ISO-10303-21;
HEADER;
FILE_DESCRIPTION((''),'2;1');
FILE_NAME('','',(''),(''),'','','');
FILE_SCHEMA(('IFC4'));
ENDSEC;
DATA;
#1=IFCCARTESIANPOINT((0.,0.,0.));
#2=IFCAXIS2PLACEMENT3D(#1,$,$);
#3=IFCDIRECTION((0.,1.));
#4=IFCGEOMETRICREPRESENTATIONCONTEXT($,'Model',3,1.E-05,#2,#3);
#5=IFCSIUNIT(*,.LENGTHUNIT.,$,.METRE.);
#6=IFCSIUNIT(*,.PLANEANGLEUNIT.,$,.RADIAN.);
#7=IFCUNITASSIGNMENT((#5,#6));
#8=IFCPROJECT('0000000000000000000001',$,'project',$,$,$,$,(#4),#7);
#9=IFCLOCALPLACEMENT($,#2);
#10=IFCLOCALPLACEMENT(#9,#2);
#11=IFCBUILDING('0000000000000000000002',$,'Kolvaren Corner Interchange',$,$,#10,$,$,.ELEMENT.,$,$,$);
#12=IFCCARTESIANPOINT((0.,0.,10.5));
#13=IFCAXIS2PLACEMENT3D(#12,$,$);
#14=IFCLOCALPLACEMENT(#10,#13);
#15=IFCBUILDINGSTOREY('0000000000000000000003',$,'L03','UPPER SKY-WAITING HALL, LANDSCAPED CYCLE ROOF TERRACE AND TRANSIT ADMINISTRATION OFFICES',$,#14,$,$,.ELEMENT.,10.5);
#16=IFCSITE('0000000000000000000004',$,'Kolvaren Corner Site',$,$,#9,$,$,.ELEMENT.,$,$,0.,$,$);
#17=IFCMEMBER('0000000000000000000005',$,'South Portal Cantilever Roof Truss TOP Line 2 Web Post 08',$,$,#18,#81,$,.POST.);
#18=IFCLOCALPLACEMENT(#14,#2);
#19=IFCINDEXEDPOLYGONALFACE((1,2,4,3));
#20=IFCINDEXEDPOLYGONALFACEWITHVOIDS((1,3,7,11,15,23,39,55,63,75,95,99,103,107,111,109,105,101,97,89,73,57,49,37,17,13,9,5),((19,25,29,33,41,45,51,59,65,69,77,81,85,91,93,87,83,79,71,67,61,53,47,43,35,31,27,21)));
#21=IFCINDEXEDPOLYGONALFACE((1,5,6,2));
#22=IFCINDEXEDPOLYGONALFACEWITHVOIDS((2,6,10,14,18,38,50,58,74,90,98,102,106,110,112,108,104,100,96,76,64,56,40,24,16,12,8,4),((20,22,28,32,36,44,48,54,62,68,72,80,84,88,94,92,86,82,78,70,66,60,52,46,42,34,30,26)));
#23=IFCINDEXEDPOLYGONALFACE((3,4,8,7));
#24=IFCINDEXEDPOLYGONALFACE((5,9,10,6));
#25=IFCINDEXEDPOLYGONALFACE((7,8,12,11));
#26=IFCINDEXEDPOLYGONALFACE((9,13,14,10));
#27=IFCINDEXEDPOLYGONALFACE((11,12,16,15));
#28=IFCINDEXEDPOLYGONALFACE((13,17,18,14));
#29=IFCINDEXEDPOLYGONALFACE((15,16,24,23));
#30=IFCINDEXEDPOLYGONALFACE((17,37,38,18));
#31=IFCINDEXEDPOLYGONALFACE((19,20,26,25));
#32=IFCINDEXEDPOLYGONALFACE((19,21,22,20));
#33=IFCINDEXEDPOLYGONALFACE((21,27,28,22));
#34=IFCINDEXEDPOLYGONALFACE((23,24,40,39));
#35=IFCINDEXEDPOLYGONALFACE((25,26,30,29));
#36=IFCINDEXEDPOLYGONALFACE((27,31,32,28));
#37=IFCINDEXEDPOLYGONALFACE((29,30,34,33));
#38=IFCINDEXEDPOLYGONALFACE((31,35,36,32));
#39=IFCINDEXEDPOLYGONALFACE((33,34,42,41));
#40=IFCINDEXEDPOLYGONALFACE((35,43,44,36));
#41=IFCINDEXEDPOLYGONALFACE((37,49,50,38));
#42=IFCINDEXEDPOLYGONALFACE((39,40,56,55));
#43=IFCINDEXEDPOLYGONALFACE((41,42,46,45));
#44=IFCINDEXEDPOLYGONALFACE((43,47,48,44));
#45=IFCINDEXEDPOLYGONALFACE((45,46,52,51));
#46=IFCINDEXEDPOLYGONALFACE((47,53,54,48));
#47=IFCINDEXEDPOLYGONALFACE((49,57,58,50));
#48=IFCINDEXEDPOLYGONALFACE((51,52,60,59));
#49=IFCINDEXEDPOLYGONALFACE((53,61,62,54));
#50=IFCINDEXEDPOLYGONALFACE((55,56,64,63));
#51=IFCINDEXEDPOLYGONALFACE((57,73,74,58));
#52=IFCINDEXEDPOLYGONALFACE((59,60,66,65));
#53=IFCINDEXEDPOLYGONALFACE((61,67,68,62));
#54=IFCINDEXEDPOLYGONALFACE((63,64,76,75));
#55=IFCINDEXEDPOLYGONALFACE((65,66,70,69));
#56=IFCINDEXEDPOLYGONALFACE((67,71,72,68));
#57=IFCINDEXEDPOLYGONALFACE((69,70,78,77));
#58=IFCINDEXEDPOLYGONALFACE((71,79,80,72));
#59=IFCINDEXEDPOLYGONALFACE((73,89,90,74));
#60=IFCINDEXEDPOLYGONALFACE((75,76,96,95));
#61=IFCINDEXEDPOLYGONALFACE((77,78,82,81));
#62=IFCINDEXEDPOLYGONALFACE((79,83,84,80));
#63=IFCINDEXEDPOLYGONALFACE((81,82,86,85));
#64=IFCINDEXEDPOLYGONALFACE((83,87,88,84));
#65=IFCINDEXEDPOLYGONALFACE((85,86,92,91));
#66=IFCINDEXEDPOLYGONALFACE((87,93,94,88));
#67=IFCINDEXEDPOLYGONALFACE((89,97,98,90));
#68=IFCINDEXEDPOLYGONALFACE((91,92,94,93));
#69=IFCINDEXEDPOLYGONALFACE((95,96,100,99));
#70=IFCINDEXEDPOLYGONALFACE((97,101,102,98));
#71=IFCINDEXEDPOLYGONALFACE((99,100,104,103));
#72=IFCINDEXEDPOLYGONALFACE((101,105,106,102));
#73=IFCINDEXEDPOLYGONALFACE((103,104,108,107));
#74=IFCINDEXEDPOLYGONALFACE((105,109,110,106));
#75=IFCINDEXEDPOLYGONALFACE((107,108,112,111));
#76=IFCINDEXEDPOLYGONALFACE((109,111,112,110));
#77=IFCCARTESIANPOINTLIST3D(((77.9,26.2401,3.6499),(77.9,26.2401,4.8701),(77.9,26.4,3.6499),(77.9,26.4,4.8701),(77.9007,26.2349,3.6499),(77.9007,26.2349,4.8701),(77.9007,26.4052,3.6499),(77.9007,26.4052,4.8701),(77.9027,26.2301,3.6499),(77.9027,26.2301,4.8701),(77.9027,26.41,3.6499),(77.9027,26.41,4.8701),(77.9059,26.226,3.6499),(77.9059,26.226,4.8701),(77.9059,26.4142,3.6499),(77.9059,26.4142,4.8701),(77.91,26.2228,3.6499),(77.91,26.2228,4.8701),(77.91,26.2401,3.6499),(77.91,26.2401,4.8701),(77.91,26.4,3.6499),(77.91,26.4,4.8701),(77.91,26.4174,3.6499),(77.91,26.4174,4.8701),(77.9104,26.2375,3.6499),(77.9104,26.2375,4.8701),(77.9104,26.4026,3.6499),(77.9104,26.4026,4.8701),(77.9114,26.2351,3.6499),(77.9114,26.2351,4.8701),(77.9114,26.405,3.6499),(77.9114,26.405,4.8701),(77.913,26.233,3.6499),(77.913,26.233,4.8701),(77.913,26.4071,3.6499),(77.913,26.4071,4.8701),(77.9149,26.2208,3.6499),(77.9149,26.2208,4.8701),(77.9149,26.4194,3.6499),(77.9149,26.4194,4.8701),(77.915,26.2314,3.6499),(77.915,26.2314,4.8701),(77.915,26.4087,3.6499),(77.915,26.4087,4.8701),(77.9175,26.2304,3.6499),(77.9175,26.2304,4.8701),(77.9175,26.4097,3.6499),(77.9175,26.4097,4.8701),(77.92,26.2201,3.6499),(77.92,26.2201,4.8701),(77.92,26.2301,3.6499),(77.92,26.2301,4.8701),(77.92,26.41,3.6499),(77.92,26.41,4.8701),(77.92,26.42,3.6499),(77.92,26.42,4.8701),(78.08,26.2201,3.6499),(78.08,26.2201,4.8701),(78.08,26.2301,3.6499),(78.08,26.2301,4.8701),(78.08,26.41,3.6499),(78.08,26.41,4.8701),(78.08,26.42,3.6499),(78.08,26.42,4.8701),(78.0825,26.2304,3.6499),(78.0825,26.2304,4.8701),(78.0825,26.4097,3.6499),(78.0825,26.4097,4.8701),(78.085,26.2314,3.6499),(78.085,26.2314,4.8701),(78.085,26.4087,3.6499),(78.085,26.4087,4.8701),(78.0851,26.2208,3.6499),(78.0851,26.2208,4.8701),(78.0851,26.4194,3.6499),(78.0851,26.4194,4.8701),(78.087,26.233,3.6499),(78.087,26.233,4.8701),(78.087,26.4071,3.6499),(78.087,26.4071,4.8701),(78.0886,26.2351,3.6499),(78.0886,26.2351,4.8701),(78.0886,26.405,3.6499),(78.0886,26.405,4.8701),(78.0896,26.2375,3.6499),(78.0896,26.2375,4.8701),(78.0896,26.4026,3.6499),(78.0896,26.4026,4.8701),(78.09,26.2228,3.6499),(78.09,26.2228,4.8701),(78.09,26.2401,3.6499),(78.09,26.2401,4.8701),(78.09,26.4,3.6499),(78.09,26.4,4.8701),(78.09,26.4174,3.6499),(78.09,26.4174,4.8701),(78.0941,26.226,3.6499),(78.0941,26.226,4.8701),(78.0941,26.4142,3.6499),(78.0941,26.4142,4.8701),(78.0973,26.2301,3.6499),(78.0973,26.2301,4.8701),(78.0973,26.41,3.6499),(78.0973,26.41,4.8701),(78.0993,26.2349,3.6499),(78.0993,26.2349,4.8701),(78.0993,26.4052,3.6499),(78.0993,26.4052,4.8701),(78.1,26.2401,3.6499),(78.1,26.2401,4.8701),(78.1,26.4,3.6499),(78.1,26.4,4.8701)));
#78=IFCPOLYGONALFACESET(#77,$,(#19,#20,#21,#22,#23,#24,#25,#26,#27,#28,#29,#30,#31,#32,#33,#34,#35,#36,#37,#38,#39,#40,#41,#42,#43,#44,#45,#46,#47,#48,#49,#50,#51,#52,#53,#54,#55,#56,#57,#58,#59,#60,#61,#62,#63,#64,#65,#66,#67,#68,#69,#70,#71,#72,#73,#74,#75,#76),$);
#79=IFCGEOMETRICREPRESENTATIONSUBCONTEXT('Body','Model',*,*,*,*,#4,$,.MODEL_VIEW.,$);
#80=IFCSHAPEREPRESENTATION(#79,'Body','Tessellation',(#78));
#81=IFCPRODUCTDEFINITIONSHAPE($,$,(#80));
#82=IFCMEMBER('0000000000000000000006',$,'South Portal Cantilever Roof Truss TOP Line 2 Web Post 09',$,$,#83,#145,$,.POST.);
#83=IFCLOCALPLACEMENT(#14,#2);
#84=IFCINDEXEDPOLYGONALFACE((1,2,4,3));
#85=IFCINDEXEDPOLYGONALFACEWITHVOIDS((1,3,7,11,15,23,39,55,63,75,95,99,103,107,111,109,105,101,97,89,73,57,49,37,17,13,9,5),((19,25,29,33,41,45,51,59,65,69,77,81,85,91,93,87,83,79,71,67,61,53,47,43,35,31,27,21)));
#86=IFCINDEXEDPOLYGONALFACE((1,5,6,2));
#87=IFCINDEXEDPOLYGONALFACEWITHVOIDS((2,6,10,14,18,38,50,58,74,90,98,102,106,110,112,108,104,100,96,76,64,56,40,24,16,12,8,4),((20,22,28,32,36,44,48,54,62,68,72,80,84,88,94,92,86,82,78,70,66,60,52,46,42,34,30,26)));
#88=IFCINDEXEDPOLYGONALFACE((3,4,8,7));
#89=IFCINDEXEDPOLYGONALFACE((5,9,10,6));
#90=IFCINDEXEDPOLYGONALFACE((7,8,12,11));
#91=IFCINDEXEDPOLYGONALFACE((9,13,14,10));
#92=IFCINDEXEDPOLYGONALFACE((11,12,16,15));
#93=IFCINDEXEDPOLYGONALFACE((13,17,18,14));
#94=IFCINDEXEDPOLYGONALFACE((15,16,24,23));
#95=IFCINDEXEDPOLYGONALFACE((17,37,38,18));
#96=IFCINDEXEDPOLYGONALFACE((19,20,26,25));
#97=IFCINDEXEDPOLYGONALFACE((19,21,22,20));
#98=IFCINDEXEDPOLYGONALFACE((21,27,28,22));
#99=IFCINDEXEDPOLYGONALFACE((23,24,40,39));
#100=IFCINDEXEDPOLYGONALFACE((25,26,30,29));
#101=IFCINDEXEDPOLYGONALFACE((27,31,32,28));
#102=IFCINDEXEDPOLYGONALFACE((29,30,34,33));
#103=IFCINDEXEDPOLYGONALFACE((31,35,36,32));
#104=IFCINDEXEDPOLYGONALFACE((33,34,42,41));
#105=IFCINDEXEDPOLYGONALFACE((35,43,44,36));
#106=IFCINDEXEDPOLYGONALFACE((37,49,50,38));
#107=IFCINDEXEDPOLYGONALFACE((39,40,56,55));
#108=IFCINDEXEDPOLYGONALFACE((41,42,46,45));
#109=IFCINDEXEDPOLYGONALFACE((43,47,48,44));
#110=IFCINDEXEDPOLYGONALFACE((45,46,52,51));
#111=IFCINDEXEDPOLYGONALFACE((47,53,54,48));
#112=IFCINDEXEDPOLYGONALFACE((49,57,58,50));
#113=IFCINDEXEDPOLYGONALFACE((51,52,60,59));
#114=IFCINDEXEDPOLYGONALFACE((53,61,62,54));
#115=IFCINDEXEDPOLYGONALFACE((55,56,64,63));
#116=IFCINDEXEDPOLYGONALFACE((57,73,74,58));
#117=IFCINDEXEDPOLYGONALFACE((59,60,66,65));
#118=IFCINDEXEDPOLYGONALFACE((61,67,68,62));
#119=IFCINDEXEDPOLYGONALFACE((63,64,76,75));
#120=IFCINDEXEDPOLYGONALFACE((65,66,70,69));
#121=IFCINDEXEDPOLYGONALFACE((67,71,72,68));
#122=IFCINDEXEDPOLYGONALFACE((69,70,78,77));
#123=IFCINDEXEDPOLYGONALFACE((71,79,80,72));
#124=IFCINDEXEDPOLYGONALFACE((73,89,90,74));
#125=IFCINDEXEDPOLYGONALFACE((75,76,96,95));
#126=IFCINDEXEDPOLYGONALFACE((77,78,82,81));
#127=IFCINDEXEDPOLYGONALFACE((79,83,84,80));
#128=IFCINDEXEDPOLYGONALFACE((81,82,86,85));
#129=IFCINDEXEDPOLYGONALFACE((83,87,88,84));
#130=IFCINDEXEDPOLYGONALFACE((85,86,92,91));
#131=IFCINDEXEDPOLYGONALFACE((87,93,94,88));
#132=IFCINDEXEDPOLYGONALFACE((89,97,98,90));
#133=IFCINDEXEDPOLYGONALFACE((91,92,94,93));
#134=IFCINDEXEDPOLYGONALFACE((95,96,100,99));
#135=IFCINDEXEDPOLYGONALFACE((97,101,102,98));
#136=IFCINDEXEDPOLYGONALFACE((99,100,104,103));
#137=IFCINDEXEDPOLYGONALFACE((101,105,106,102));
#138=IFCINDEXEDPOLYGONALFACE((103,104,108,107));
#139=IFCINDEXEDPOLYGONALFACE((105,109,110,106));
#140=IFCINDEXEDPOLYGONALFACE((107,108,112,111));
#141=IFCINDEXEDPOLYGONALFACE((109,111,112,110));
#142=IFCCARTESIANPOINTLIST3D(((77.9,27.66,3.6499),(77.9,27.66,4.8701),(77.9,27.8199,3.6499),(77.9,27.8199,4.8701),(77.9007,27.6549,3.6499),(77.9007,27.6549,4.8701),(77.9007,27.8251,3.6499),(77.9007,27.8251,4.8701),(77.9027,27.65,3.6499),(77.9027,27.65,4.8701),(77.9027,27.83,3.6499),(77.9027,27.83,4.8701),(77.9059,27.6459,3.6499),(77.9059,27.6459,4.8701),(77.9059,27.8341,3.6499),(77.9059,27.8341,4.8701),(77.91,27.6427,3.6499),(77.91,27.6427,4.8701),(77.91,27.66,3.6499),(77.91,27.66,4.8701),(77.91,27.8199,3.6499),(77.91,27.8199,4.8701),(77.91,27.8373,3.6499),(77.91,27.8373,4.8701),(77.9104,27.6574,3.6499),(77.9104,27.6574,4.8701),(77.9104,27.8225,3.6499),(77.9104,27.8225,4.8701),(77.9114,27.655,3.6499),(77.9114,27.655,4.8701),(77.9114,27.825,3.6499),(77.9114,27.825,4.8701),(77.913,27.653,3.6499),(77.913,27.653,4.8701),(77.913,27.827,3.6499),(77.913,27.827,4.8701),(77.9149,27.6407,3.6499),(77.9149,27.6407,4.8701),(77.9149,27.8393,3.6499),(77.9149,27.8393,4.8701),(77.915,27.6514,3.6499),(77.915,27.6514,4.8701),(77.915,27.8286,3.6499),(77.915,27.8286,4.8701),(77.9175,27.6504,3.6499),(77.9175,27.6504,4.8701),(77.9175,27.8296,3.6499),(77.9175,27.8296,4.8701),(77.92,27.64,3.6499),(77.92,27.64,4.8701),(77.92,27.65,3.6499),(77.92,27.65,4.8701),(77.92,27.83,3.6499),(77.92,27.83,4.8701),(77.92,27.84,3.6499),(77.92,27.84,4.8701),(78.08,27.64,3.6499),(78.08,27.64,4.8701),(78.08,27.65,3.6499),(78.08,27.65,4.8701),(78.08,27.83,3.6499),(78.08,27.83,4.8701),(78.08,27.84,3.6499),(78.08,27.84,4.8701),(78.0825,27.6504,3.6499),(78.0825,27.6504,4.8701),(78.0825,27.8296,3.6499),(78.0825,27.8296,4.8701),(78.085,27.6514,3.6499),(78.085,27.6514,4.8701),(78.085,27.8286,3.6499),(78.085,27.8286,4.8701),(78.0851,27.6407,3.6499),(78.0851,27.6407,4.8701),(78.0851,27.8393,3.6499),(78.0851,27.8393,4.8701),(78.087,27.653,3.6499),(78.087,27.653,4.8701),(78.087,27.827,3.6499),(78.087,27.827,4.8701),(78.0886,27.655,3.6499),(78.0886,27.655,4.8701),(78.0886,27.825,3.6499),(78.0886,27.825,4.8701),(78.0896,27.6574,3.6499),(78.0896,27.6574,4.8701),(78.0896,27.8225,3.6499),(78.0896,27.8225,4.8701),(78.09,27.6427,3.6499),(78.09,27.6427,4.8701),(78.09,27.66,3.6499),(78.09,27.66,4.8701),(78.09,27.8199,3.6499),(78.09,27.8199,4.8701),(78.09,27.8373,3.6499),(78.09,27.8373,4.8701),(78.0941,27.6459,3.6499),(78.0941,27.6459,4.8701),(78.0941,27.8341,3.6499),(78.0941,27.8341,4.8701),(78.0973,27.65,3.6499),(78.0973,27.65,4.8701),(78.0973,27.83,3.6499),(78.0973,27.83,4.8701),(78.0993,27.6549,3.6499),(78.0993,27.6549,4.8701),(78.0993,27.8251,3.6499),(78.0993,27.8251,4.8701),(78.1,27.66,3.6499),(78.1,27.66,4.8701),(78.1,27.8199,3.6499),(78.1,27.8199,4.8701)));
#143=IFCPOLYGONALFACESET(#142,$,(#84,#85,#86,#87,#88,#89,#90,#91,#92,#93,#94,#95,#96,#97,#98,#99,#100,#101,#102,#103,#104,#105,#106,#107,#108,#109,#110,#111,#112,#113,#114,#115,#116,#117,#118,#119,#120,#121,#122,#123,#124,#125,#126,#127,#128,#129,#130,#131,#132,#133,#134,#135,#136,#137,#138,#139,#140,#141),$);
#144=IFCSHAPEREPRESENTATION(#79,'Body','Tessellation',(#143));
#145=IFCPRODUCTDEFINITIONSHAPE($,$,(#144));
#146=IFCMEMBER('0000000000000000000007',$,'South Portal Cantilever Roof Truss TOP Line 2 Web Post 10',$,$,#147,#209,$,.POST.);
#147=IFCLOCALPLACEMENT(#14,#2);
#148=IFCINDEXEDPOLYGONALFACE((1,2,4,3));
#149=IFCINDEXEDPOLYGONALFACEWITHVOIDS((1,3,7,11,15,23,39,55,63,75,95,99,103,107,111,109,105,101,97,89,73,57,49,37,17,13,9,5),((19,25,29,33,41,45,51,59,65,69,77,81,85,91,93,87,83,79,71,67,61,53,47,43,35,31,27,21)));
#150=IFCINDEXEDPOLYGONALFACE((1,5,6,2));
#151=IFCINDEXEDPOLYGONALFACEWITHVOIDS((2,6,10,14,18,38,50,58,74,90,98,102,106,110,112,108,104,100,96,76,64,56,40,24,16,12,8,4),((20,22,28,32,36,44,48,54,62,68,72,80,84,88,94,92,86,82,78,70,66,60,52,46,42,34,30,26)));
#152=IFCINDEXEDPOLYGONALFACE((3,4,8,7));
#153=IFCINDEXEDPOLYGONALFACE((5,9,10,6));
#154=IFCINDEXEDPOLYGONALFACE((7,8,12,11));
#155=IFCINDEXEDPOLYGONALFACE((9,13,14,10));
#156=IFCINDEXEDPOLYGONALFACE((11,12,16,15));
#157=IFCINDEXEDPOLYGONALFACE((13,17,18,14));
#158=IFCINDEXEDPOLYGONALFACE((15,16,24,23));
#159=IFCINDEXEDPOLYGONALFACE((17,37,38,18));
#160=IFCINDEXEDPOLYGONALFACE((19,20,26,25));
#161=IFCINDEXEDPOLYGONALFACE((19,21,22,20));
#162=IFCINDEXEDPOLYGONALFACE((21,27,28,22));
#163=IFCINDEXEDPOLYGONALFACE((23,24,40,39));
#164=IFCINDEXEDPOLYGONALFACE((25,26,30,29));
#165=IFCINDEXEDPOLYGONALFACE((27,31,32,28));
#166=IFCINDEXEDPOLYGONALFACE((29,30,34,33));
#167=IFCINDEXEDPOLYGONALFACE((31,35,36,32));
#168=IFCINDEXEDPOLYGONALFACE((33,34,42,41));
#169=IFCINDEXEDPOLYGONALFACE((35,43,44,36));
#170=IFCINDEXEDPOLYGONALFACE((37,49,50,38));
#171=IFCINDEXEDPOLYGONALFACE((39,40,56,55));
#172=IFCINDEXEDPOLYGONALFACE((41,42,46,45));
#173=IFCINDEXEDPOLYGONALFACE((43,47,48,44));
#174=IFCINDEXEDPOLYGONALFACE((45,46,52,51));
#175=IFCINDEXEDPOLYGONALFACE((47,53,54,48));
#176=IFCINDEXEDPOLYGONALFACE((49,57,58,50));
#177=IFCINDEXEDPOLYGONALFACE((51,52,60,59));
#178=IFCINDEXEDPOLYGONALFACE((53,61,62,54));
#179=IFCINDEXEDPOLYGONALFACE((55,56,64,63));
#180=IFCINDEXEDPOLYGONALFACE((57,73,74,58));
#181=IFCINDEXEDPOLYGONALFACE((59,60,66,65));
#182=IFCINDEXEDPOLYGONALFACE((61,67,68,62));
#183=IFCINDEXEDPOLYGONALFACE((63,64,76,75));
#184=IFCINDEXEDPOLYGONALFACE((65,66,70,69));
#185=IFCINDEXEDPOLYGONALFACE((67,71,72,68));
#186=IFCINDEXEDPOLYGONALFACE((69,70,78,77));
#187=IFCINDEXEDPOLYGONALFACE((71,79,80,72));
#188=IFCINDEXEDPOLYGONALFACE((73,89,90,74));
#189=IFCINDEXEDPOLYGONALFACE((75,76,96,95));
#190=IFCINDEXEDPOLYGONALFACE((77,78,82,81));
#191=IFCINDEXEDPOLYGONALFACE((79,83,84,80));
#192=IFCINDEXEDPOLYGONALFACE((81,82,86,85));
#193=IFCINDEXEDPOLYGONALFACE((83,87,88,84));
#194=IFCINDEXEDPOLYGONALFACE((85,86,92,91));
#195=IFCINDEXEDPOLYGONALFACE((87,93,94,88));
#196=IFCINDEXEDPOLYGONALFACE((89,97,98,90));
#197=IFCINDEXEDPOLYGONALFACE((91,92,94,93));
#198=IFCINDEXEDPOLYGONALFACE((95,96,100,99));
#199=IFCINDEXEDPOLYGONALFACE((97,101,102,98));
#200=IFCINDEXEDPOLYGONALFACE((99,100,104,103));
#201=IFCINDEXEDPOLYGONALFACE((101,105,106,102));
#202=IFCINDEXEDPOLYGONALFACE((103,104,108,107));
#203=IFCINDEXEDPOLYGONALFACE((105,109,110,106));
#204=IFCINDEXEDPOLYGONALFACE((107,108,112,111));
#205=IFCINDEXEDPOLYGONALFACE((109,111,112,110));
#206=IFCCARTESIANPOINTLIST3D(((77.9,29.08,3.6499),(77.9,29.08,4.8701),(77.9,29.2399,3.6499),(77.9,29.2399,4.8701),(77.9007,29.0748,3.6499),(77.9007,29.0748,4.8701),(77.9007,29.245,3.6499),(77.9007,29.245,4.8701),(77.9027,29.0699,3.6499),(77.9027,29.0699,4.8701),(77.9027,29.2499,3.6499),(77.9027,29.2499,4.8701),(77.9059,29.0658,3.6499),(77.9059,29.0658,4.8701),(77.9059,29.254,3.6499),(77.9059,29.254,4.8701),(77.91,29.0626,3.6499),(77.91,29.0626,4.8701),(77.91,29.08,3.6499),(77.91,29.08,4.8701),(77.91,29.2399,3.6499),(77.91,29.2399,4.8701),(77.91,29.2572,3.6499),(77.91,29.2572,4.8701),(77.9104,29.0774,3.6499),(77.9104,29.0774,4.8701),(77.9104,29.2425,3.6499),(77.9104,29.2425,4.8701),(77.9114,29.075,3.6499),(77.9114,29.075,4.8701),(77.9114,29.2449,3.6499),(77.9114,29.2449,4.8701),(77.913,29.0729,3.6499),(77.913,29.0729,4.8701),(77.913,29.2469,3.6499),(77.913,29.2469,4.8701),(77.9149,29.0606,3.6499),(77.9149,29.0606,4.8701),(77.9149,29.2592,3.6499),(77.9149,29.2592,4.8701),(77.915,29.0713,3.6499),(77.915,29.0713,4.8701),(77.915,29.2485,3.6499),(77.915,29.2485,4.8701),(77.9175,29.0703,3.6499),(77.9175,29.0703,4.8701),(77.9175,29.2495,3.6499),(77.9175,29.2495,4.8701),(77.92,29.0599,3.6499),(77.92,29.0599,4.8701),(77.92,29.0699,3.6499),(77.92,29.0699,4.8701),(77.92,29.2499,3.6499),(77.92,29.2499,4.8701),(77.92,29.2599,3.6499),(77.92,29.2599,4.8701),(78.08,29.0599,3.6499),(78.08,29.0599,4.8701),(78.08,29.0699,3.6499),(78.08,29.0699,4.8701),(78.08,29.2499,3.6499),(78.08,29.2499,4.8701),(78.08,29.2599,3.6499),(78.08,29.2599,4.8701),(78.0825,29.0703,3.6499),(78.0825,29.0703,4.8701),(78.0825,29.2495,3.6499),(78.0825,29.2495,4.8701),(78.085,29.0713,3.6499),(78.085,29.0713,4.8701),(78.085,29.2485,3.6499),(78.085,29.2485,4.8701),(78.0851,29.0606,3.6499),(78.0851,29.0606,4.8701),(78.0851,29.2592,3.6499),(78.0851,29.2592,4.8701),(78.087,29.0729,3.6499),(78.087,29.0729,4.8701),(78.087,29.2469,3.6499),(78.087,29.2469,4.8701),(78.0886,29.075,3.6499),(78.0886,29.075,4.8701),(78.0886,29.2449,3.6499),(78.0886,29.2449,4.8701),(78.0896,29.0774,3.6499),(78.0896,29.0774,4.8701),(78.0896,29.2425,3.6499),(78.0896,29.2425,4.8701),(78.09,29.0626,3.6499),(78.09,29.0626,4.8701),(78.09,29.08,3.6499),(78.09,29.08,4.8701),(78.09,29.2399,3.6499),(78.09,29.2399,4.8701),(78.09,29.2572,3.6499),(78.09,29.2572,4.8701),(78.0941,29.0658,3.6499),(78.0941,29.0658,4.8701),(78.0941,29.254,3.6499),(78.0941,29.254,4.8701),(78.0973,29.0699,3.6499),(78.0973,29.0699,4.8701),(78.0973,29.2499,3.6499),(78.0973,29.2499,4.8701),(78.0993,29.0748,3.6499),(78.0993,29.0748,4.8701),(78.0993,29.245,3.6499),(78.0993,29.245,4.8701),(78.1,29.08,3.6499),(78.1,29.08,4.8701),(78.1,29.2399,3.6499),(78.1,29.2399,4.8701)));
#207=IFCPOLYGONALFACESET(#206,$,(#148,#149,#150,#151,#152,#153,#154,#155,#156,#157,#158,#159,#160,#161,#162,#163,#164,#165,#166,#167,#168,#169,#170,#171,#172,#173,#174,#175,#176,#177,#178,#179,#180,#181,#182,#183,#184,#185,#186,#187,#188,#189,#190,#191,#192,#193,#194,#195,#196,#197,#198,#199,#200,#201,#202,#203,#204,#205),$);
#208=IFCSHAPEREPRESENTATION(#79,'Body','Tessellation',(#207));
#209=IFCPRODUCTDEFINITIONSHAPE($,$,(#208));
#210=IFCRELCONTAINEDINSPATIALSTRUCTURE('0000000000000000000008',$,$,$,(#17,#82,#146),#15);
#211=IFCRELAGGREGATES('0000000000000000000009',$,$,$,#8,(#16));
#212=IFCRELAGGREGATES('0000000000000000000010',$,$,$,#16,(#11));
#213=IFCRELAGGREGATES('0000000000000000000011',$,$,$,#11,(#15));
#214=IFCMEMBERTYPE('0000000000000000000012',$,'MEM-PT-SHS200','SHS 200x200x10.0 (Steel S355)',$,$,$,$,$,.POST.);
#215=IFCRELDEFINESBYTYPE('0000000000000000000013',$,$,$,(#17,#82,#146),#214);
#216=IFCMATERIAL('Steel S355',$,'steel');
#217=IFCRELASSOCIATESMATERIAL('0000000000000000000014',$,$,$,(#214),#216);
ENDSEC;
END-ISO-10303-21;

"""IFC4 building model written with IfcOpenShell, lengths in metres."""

from ifc_helpers import new_model, si_unit, direction, frame, origin, origin_2d, place, context, subcontext, project, spatial, hollow_rectangle, extrude, material, material_profile, profile_set, type_object, element, save


model = new_model("IFC4")

# Units and contexts
model_context = context("Model", 3, precision=1e-05, world=origin(), true_north=direction((0.0, 1.0)))
body_context = subcontext(model_context, "Body", "Model", "MODEL_VIEW")
ifc_project = project(units=[si_unit("LENGTHUNIT", "METRE"), si_unit("PLANEANGLEUNIT", "RADIAN")], contexts=[model_context])

# Site, building, storey
site_placement = place(None, origin())
site = spatial("IfcSite", under=ifc_project, at=site_placement, Name="Kolvaren Corner Site", CompositionType="ELEMENT", RefElevation=0.0)
building_placement = place(site_placement, origin())
building = spatial("IfcBuilding", under=site, at=building_placement, Name="Kolvaren Corner Interchange", CompositionType="ELEMENT")
storey_placement = place(building_placement, frame((0.0, 0.0, 10.5)))
storey = spatial("IfcBuildingStorey", under=building, at=storey_placement, Name="L03", Description="UPPER SKY-WAITING HALL, LANDSCAPED CYCLE ROOF TERRACE AND TRANSIT ADMINISTRATION OFFICES", CompositionType="ELEMENT", Elevation=10.5)

# Members
ifc_material_1 = material(Name="Steel S355", Category="steel")
ifc_material_profile_1 = material_profile(ifc_material_1, hollow_rectangle(XDim=0.2, YDim=0.2, WallThickness=0.01, InnerFilletRadius=0.01, OuterFilletRadius=0.02, at=origin_2d()), Name="SHS 200x200x10.0")
ifc_profile_set_1 = profile_set([ifc_material_profile_1], Name="Steel S355")
member_type_1 = type_object("IfcMemberType", Name="MEM-PT-SHS200", Description="SHS 200x200x10.0 (Steel S355)", PredefinedType="POST", material=ifc_profile_set_1)
for number, where, z_axis, x_axis, name in (
    (1, (78.0, 26.3201, 3.6499), (0.0, 0.0, 1.0), (1.0, 0.0, 0.0), "South Portal Cantilever Roof Truss TOP Line 2 Web Post 08"),
    (2, (78.0, 27.74, 3.6499), (0.0, 0.0, 1.0), (1.0, 0.0, 0.0), "South Portal Cantilever Roof Truss TOP Line 2 Web Post 09"),
    (3, (78.0, 29.1599, 3.6499), (0.0, 0.0, 1.0), (1.0, 0.0, 0.0), "South Portal Cantilever Roof Truss TOP Line 2 Web Post 10"),
):
    element("IfcMember", number, at=place(storey_placement, frame(where, z_axis=z_axis, x_axis=x_axis)), inside=storey, type_object=member_type_1, Name=name, PredefinedType="POST", context=body_context, shape_type="SweptSolid", body=[
        extrude(hollow_rectangle(XDim=0.2, YDim=0.2, WallThickness=0.01, InnerFilletRadius=0.01, OuterFilletRadius=0.02, at=origin_2d()), origin(), (0.0, 0.0, 1.0), 1.2202),
    ])

save(model, "model.ifc")
